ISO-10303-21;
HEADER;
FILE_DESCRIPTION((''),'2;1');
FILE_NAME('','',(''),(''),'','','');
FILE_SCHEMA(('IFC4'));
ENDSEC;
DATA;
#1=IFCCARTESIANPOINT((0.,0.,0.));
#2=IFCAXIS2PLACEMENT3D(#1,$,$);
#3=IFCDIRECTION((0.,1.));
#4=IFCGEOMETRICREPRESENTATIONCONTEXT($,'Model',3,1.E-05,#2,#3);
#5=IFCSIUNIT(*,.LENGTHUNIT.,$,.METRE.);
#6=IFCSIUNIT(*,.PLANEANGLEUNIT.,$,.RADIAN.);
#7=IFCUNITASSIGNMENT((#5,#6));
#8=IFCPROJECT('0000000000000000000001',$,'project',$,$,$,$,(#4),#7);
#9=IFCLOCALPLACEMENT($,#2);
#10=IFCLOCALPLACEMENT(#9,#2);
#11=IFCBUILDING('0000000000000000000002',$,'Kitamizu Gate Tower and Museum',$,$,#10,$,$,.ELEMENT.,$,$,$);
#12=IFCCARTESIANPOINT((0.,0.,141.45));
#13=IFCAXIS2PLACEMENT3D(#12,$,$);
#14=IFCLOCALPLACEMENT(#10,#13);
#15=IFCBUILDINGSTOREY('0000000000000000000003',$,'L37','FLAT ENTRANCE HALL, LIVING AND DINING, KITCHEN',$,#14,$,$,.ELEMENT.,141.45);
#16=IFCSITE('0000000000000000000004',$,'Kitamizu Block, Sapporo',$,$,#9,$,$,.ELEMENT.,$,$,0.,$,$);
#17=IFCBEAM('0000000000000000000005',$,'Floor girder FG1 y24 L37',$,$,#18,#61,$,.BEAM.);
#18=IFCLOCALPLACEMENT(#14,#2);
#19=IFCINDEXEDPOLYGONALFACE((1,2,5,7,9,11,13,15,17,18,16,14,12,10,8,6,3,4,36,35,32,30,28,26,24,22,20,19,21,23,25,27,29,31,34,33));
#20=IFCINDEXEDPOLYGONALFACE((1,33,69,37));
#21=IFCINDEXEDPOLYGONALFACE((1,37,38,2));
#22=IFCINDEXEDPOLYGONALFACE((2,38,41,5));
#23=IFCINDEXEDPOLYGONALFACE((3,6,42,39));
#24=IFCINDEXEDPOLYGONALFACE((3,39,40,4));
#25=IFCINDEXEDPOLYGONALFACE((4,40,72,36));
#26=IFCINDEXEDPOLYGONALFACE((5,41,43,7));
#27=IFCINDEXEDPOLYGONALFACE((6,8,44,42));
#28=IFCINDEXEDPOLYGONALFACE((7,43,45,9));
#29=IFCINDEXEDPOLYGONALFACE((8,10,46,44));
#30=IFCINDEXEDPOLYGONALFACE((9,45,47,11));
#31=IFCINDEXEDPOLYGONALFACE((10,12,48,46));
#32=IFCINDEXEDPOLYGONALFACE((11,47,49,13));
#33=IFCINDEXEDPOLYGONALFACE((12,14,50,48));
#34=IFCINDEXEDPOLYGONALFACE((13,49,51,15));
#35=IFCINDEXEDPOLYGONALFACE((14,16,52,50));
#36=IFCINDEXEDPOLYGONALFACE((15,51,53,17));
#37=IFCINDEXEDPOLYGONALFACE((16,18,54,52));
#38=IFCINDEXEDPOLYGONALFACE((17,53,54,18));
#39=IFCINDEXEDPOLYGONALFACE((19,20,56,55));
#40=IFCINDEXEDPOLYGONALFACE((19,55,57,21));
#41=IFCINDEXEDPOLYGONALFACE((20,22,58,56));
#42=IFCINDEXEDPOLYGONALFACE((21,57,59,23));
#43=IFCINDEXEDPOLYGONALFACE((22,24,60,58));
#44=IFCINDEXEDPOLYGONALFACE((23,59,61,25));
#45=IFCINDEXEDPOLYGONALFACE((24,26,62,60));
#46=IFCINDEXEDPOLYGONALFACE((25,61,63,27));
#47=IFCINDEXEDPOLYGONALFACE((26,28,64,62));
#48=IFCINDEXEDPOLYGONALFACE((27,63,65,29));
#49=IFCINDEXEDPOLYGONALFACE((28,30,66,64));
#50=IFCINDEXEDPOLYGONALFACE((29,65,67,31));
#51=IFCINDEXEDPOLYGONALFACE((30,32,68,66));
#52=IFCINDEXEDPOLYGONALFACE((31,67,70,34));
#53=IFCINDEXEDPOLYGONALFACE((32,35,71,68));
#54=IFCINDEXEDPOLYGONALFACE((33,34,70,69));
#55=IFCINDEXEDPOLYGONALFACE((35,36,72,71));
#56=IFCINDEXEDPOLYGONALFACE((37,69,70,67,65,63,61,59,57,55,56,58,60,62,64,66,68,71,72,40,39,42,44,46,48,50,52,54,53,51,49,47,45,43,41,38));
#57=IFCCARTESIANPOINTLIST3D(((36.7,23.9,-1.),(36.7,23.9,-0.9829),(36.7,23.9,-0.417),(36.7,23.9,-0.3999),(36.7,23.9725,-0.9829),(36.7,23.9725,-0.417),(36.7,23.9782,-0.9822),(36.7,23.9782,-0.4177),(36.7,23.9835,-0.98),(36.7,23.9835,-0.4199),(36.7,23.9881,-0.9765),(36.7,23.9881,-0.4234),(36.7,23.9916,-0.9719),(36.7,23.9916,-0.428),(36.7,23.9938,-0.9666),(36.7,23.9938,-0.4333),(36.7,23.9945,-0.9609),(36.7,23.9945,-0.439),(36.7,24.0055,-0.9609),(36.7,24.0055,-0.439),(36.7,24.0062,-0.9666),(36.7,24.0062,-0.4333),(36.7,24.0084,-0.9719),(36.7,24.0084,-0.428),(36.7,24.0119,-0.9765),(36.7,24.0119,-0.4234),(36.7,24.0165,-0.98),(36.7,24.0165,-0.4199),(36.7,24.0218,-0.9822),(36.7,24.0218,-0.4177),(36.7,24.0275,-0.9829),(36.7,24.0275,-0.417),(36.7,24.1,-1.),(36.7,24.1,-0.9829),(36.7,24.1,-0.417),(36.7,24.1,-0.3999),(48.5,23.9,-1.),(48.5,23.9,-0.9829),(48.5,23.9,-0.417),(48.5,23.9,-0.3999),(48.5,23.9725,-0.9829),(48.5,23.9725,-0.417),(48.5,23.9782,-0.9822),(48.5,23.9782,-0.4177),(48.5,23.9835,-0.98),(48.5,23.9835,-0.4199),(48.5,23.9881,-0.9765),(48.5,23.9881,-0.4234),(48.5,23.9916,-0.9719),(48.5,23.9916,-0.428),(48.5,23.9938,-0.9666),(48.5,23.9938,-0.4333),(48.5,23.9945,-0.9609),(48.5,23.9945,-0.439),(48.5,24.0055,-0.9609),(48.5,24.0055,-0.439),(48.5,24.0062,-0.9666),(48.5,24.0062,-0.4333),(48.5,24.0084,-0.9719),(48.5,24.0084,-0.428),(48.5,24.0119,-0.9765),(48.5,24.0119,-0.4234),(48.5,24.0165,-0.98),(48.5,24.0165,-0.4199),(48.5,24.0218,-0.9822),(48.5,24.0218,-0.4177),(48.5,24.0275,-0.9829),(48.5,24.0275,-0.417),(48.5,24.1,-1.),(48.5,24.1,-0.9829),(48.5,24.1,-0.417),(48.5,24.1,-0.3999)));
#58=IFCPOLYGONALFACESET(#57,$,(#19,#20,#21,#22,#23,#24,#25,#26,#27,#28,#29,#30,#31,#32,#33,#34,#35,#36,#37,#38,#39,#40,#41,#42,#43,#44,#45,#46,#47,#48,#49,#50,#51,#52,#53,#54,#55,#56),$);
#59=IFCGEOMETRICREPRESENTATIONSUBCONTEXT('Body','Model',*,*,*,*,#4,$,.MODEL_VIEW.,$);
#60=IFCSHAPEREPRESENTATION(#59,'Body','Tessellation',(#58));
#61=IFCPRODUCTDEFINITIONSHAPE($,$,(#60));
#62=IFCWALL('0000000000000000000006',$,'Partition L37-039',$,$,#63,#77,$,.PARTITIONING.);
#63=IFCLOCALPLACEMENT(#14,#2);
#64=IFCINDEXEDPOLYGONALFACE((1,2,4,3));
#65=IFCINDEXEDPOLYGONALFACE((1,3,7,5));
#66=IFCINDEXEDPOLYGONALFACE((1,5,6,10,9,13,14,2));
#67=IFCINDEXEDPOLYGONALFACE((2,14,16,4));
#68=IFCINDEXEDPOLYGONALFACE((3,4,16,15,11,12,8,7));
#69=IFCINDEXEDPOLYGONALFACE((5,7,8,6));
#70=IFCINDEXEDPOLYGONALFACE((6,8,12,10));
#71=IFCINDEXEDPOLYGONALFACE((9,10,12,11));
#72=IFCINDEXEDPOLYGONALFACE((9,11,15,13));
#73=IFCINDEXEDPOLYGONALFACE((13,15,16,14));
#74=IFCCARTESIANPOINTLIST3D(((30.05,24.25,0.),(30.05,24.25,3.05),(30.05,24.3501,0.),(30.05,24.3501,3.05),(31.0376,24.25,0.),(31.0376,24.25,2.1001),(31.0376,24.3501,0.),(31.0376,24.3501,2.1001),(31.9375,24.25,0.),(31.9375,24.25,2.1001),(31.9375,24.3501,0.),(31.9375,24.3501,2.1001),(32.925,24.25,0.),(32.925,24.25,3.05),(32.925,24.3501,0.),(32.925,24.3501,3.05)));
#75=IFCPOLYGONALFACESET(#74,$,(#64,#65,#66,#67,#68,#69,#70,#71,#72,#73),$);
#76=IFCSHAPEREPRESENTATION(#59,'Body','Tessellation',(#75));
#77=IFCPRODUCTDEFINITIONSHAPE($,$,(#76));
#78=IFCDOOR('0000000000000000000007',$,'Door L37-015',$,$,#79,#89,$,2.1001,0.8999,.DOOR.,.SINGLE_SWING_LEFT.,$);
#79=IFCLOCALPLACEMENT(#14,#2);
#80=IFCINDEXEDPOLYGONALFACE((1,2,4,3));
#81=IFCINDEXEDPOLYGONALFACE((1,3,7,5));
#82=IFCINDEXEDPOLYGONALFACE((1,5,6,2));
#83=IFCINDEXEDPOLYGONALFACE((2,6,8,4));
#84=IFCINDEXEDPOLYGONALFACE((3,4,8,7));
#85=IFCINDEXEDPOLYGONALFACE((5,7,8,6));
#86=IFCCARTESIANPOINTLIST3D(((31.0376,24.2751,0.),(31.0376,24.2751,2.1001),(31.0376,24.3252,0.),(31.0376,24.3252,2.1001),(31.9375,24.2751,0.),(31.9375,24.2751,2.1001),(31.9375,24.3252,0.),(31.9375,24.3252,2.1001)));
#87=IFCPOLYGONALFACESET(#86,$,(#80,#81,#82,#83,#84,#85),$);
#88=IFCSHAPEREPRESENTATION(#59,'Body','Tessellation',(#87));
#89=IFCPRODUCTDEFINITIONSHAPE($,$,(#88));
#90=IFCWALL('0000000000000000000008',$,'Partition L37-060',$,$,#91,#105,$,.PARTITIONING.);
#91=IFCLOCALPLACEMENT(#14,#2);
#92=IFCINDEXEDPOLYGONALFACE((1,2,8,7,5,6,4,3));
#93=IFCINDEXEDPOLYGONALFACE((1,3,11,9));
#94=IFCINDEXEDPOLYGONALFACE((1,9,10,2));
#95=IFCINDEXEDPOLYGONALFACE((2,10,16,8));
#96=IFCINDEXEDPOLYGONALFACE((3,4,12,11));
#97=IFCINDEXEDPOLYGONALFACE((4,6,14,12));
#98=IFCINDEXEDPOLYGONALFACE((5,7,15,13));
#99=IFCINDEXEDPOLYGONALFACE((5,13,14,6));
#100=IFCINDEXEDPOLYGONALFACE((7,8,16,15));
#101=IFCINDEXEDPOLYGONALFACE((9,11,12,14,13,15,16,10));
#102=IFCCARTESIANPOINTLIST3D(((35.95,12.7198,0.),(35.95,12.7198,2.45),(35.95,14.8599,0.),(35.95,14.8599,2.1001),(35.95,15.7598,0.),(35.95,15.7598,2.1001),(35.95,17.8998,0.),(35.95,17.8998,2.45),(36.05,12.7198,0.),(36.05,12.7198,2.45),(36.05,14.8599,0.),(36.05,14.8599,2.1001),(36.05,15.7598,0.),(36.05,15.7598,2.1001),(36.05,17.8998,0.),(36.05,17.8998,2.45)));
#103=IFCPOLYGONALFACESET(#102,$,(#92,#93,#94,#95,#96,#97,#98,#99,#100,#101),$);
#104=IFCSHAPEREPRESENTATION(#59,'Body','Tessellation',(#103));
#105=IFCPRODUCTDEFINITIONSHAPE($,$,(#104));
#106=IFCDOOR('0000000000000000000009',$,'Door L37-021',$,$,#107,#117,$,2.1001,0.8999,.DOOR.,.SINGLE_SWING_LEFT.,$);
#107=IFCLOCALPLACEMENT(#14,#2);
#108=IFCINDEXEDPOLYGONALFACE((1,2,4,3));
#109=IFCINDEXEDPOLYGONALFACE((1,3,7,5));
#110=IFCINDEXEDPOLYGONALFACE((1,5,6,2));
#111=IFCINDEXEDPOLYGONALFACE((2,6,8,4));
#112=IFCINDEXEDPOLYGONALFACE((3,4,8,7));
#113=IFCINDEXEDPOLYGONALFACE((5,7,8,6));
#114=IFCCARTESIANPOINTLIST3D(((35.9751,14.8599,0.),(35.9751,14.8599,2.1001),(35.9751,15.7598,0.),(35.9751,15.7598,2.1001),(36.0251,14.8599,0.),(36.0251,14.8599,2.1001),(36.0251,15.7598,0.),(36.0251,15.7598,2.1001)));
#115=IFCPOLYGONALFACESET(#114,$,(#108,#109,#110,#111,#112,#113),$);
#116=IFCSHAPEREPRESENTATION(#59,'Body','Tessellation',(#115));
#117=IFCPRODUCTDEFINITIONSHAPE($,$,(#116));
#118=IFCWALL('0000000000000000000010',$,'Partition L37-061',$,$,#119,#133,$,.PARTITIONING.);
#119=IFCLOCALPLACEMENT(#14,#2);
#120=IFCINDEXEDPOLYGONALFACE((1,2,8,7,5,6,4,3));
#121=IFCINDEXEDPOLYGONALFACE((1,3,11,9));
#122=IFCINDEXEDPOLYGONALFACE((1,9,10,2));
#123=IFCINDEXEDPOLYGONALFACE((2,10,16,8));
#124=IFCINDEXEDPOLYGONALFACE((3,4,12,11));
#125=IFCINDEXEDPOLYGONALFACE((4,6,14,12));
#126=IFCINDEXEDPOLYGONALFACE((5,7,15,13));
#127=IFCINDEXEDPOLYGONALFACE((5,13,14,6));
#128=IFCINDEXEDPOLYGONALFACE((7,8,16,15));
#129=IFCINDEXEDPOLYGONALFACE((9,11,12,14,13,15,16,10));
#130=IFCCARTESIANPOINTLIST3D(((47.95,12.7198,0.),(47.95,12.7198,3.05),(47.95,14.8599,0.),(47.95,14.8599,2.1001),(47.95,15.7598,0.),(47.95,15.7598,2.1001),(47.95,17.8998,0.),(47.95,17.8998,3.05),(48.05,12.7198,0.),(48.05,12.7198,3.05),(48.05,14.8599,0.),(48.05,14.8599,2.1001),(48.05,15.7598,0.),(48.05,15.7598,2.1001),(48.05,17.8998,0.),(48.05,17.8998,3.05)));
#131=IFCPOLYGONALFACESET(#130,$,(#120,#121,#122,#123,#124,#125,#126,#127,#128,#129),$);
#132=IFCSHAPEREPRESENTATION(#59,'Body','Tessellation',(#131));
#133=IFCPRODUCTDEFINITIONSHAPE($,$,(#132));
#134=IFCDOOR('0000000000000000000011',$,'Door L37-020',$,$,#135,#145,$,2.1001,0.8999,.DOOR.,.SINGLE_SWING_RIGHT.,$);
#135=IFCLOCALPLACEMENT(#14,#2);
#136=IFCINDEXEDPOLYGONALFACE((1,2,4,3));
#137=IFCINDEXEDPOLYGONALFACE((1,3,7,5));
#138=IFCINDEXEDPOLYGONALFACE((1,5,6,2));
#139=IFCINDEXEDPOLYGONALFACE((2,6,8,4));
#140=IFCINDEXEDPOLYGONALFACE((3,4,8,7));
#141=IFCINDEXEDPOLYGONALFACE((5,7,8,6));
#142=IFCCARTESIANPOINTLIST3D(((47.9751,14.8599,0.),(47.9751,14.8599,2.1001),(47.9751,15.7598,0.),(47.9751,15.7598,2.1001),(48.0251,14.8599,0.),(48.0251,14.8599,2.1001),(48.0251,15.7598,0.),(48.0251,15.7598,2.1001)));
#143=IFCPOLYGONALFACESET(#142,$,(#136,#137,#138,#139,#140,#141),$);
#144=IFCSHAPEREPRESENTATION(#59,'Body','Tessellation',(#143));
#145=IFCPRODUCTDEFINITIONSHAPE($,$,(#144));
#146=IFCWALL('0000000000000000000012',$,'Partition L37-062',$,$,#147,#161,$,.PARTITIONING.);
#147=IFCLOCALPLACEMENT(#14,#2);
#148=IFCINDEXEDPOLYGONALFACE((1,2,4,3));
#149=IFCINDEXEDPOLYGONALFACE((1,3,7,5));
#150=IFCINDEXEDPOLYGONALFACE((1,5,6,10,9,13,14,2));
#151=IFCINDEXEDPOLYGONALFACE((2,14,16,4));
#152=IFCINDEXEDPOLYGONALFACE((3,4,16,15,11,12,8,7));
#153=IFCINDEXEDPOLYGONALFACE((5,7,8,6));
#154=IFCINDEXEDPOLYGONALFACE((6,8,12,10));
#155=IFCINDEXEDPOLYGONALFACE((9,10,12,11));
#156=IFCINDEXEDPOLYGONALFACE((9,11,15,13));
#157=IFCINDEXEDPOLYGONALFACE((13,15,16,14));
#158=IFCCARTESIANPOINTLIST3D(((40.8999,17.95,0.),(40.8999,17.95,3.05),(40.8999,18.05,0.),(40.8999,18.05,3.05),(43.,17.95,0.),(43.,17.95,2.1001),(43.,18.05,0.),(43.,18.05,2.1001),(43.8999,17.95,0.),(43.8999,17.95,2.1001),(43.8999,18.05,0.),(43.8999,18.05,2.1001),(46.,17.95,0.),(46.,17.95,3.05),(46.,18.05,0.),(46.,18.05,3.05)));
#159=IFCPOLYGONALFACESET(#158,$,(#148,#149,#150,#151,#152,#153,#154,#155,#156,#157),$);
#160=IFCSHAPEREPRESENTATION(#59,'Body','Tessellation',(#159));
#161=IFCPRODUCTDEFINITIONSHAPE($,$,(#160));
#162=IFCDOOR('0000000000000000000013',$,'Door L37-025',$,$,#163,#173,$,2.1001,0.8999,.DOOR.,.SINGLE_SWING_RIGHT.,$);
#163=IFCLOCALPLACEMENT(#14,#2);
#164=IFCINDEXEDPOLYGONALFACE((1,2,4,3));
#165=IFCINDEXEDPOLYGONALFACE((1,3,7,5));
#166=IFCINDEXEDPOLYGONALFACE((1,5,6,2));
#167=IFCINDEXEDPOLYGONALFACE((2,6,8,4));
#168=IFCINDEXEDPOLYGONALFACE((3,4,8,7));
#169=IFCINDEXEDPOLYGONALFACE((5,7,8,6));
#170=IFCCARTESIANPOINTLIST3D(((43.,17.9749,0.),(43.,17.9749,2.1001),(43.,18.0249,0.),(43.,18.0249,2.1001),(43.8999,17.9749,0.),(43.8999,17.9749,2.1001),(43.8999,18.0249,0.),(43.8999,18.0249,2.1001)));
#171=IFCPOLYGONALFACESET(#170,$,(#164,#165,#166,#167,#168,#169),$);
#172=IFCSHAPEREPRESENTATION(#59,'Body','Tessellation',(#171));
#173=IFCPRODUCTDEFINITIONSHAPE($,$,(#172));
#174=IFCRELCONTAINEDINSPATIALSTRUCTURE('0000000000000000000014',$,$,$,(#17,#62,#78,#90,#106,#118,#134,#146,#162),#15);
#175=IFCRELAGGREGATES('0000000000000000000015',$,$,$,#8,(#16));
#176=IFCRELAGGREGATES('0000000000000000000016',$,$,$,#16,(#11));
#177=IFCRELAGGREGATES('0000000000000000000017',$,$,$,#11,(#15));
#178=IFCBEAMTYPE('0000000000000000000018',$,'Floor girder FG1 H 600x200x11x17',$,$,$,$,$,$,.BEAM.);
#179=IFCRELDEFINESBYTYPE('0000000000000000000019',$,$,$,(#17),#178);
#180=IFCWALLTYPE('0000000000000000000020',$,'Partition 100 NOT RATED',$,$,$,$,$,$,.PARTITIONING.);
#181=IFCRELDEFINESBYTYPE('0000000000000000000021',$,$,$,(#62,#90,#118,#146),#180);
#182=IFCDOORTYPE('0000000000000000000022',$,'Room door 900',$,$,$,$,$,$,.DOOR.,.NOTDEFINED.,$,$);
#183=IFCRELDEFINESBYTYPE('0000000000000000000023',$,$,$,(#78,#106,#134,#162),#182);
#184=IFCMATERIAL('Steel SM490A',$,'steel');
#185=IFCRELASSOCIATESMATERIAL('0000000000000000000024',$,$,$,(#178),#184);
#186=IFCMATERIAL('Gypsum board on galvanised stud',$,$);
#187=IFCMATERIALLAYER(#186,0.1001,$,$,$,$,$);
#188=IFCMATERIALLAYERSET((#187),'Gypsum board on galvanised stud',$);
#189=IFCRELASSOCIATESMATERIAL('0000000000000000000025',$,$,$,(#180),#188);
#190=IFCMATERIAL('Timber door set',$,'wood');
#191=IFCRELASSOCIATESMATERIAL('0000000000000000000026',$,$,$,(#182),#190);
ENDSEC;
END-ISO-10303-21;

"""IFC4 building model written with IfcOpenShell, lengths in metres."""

from ifc_helpers import new_model, si_unit, direction, frame, frame_2d, origin, origin_2d, place, context, subcontext, project, spatial, rectangle, i_section, extrude, material, layer, layer_set, material_profile, profile_set, type_object, element, fill, save


model = new_model("IFC4")

# Units and contexts
model_context = context("Model", 3, precision=1e-05, world=origin(), true_north=direction((0.0, 1.0)))
body_context = subcontext(model_context, "Body", "Model", "MODEL_VIEW")
ifc_project = project(units=[si_unit("LENGTHUNIT", "METRE"), si_unit("PLANEANGLEUNIT", "RADIAN")], contexts=[model_context])

# Site, building, storey
site_placement = place(None, origin())
site = spatial("IfcSite", under=ifc_project, at=site_placement, Name="Kitamizu Block, Sapporo", CompositionType="ELEMENT", RefElevation=0.0)
building_placement = place(site_placement, origin())
building = spatial("IfcBuilding", under=site, at=building_placement, Name="Kitamizu Gate Tower and Museum", CompositionType="ELEMENT")
storey_placement = place(building_placement, frame((0.0, 0.0, 141.45)))
storey = spatial("IfcBuildingStorey", under=building, at=storey_placement, Name="L37", Description="FLAT ENTRANCE HALL, LIVING AND DINING, KITCHEN", CompositionType="ELEMENT", Elevation=141.45)

# Beam
ifc_material_1 = material(Name="Steel SM490A", Category="steel")
ifc_material_profile_1 = material_profile(ifc_material_1, i_section(OverallWidth=0.2, OverallDepth=0.6001, WebThickness=0.011, FlangeThickness=0.0171, FilletRadius=0.022, at=origin_2d()), Name="H-600x200x11x17")
ifc_profile_set_1 = profile_set([ifc_material_profile_1], Name="Steel SM490A")
beam_type_1 = type_object("IfcBeamType", Name="Floor girder FG1 H 600x200x11x17", PredefinedType="BEAM", material=ifc_profile_set_1)
beam_1_placement = place(storey_placement, frame((36.7, 24.0, -0.7), z_axis=(1.0, 0.0, 0.0), x_axis=(0.0, 1.0, 0.0)))
element("IfcBeam", 1, at=beam_1_placement, inside=storey, type_object=beam_type_1, Name="Floor girder FG1 y24 L37", PredefinedType="BEAM", context=body_context, shape_type="SweptSolid", body=[
    extrude(i_section(OverallWidth=0.2, OverallDepth=0.6001, WebThickness=0.011, FlangeThickness=0.0171, FilletRadius=0.022, at=origin_2d()), origin(), (0.0, 0.0, 1.0), 11.8),
])

# Walls, openings, doors
ifc_material_2 = material(Name="Gypsum board on galvanised stud")
ifc_layer_1 = layer(ifc_material_2, 0.1001)
ifc_layer_set_1 = layer_set([ifc_layer_1], Name="Gypsum board on galvanised stud")
wall_type_1 = type_object("IfcWallType", Name="Partition 100 NOT RATED", PredefinedType="PARTITIONING", material=ifc_layer_set_1)
wall_1_placement = place(storey_placement, frame((32.925, 24.3, 0.0), z_axis=(0.0, 0.0, 1.0), x_axis=(-1.0, 0.0, 0.0)))
wall_1 = element("IfcWall", 2, at=wall_1_placement, inside=storey, type_object=wall_type_1, Name="Partition L37-039", PredefinedType="PARTITIONING", context=body_context, shape_type="SweptSolid", body=[
    extrude(rectangle(XDim=2.875, YDim=0.1001, at=frame_2d((1.4375, 0.0))), origin(), (0.0, 0.0, 1.0), 3.05),
])
opening_1_placement = place(wall_1_placement, frame((0.9875, 0.0, 0.0)))
opening_1 = element("IfcOpeningElement", 3, at=opening_1_placement, cuts=wall_1, PredefinedType="OPENING", context=body_context, shape_type="SweptSolid", body=[
    extrude(rectangle(XDim=0.8999, YDim=2.1001, at=frame_2d((0.45, 1.05))), frame((0.0, 0.0601, 0.0), z_axis=(0.0, -1.0, 0.0), x_axis=(1.0, 0.0, 0.0)), (0.0, 0.0, 1.0), 0.1201),
])
ifc_material_3 = material(Name="Timber door set", Category="wood")
door_type = type_object("IfcDoorType", Name="Room door 900", OperationType="NOTDEFINED", PredefinedType="DOOR", material=ifc_material_3)
door_1_placement = place(opening_1_placement, origin())
door_1 = element("IfcDoor", 4, at=door_1_placement, inside=storey, type_object=door_type, Name="Door L37-015", OperationType="SINGLE_SWING_LEFT", OverallHeight=2.1001, OverallWidth=0.8999, PredefinedType="DOOR", context=body_context, shape_type="SweptSolid", body=[
    extrude(rectangle(XDim=0.8999, YDim=2.1001, at=frame_2d((0.45, 1.05))), frame((0.0, 0.0249, 0.0), z_axis=(0.0, -1.0, 0.0), x_axis=(1.0, 0.0, 0.0)), (0.0, 0.0, 1.0), 0.05),
])
fill(opening_1, door_1)
wall_2_placement = place(storey_placement, frame((36.0, 12.72, 0.0), z_axis=(0.0, 0.0, 1.0), x_axis=(0.0, 1.0, 0.0)))
wall_2 = element("IfcWall", 5, at=wall_2_placement, inside=storey, type_object=wall_type_1, Name="Partition L37-060", PredefinedType="PARTITIONING", context=body_context, shape_type="SweptSolid", body=[
    extrude(rectangle(XDim=5.1799, YDim=0.1001, at=frame_2d((2.5898, 0.0))), origin(), (0.0, 0.0, 1.0), 2.45),
])
opening_2_placement = place(wall_2_placement, frame((2.1399, 0.0, 0.0)))
opening_2 = element("IfcOpeningElement", 6, at=opening_2_placement, cuts=wall_2, PredefinedType="OPENING", context=body_context, shape_type="SweptSolid", body=[
    extrude(rectangle(XDim=0.8999, YDim=2.1001, at=frame_2d((0.45, 1.05))), frame((0.0, 0.0601, 0.0), z_axis=(0.0, -1.0, 0.0), x_axis=(1.0, 0.0, 0.0)), (0.0, 0.0, 1.0), 0.1201),
])
door_2_placement = place(opening_2_placement, origin())
door_2 = element("IfcDoor", 7, at=door_2_placement, inside=storey, type_object=door_type, Name="Door L37-021", OperationType="SINGLE_SWING_LEFT", OverallHeight=2.1001, OverallWidth=0.8999, PredefinedType="DOOR", context=body_context, shape_type="SweptSolid", body=[
    extrude(rectangle(XDim=0.8999, YDim=2.1001, at=frame_2d((0.45, 1.05))), frame((0.0, 0.0249, 0.0), z_axis=(0.0, -1.0, 0.0), x_axis=(1.0, 0.0, 0.0)), (0.0, 0.0, 1.0), 0.05),
])
fill(opening_2, door_2)
wall_3_placement = place(storey_placement, frame((48.0, 12.72, 0.0), z_axis=(0.0, 0.0, 1.0), x_axis=(0.0, 1.0, 0.0)))
wall_3 = element("IfcWall", 8, at=wall_3_placement, inside=storey, type_object=wall_type_1, Name="Partition L37-061", PredefinedType="PARTITIONING", context=body_context, shape_type="SweptSolid", body=[
    extrude(rectangle(XDim=5.1799, YDim=0.1001, at=frame_2d((2.5898, 0.0))), origin(), (0.0, 0.0, 1.0), 3.05),
])
opening_3_placement = place(wall_3_placement, frame((2.1399, 0.0, 0.0)))
opening_3 = element("IfcOpeningElement", 9, at=opening_3_placement, cuts=wall_3, PredefinedType="OPENING", context=body_context, shape_type="SweptSolid", body=[
    extrude(rectangle(XDim=0.8999, YDim=2.1001, at=frame_2d((0.45, 1.05))), frame((0.0, 0.0601, 0.0), z_axis=(0.0, -1.0, 0.0), x_axis=(1.0, 0.0, 0.0)), (0.0, 0.0, 1.0), 0.1201),
])
door_3_placement = place(opening_3_placement, origin())
door_3 = element("IfcDoor", 10, at=door_3_placement, inside=storey, type_object=door_type, Name="Door L37-020", OperationType="SINGLE_SWING_RIGHT", OverallHeight=2.1001, OverallWidth=0.8999, PredefinedType="DOOR", context=body_context, shape_type="SweptSolid", body=[
    extrude(rectangle(XDim=0.8999, YDim=2.1001, at=frame_2d((0.45, 1.05))), frame((0.0, 0.0249, 0.0), z_axis=(0.0, -1.0, 0.0), x_axis=(1.0, 0.0, 0.0)), (0.0, 0.0, 1.0), 0.05),
])
fill(opening_3, door_3)
wall_4_placement = place(storey_placement, frame((46.0, 18.0, 0.0), z_axis=(0.0, 0.0, 1.0), x_axis=(-1.0, 0.0, 0.0)))
wall_4 = element("IfcWall", 11, at=wall_4_placement, inside=storey, type_object=wall_type_1, Name="Partition L37-062", PredefinedType="PARTITIONING", context=body_context, shape_type="SweptSolid", body=[
    extrude(rectangle(XDim=5.1001, YDim=0.1001, at=frame_2d((2.55, 0.0))), origin(), (0.0, 0.0, 1.0), 3.05),
])
opening_4_placement = place(wall_4_placement, frame((2.1001, 0.0, 0.0)))
opening_4 = element("IfcOpeningElement", 12, at=opening_4_placement, cuts=wall_4, PredefinedType="OPENING", context=body_context, shape_type="SweptSolid", body=[
    extrude(rectangle(XDim=0.8999, YDim=2.1001, at=frame_2d((0.45, 1.05))), frame((0.0, 0.0601, 0.0), z_axis=(0.0, -1.0, 0.0), x_axis=(1.0, 0.0, 0.0)), (0.0, 0.0, 1.0), 0.1201),
])
door_4_placement = place(opening_4_placement, frame((0.8999, 0.0, 0.0), x_axis=(-1.0, 0.0, 0.0)))
door_4 = element("IfcDoor", 13, at=door_4_placement, inside=storey, type_object=door_type, Name="Door L37-025", OperationType="SINGLE_SWING_RIGHT", OverallHeight=2.1001, OverallWidth=0.8999, PredefinedType="DOOR", context=body_context, shape_type="SweptSolid", body=[
    extrude(rectangle(XDim=0.8999, YDim=2.1001, at=frame_2d((0.45, 1.05))), frame((0.0, 0.0249, 0.0), z_axis=(0.0, -1.0, 0.0), x_axis=(1.0, 0.0, 0.0)), (0.0, 0.0, 1.0), 0.05),
])
fill(opening_4, door_4)

save(model, "model.ifc")
